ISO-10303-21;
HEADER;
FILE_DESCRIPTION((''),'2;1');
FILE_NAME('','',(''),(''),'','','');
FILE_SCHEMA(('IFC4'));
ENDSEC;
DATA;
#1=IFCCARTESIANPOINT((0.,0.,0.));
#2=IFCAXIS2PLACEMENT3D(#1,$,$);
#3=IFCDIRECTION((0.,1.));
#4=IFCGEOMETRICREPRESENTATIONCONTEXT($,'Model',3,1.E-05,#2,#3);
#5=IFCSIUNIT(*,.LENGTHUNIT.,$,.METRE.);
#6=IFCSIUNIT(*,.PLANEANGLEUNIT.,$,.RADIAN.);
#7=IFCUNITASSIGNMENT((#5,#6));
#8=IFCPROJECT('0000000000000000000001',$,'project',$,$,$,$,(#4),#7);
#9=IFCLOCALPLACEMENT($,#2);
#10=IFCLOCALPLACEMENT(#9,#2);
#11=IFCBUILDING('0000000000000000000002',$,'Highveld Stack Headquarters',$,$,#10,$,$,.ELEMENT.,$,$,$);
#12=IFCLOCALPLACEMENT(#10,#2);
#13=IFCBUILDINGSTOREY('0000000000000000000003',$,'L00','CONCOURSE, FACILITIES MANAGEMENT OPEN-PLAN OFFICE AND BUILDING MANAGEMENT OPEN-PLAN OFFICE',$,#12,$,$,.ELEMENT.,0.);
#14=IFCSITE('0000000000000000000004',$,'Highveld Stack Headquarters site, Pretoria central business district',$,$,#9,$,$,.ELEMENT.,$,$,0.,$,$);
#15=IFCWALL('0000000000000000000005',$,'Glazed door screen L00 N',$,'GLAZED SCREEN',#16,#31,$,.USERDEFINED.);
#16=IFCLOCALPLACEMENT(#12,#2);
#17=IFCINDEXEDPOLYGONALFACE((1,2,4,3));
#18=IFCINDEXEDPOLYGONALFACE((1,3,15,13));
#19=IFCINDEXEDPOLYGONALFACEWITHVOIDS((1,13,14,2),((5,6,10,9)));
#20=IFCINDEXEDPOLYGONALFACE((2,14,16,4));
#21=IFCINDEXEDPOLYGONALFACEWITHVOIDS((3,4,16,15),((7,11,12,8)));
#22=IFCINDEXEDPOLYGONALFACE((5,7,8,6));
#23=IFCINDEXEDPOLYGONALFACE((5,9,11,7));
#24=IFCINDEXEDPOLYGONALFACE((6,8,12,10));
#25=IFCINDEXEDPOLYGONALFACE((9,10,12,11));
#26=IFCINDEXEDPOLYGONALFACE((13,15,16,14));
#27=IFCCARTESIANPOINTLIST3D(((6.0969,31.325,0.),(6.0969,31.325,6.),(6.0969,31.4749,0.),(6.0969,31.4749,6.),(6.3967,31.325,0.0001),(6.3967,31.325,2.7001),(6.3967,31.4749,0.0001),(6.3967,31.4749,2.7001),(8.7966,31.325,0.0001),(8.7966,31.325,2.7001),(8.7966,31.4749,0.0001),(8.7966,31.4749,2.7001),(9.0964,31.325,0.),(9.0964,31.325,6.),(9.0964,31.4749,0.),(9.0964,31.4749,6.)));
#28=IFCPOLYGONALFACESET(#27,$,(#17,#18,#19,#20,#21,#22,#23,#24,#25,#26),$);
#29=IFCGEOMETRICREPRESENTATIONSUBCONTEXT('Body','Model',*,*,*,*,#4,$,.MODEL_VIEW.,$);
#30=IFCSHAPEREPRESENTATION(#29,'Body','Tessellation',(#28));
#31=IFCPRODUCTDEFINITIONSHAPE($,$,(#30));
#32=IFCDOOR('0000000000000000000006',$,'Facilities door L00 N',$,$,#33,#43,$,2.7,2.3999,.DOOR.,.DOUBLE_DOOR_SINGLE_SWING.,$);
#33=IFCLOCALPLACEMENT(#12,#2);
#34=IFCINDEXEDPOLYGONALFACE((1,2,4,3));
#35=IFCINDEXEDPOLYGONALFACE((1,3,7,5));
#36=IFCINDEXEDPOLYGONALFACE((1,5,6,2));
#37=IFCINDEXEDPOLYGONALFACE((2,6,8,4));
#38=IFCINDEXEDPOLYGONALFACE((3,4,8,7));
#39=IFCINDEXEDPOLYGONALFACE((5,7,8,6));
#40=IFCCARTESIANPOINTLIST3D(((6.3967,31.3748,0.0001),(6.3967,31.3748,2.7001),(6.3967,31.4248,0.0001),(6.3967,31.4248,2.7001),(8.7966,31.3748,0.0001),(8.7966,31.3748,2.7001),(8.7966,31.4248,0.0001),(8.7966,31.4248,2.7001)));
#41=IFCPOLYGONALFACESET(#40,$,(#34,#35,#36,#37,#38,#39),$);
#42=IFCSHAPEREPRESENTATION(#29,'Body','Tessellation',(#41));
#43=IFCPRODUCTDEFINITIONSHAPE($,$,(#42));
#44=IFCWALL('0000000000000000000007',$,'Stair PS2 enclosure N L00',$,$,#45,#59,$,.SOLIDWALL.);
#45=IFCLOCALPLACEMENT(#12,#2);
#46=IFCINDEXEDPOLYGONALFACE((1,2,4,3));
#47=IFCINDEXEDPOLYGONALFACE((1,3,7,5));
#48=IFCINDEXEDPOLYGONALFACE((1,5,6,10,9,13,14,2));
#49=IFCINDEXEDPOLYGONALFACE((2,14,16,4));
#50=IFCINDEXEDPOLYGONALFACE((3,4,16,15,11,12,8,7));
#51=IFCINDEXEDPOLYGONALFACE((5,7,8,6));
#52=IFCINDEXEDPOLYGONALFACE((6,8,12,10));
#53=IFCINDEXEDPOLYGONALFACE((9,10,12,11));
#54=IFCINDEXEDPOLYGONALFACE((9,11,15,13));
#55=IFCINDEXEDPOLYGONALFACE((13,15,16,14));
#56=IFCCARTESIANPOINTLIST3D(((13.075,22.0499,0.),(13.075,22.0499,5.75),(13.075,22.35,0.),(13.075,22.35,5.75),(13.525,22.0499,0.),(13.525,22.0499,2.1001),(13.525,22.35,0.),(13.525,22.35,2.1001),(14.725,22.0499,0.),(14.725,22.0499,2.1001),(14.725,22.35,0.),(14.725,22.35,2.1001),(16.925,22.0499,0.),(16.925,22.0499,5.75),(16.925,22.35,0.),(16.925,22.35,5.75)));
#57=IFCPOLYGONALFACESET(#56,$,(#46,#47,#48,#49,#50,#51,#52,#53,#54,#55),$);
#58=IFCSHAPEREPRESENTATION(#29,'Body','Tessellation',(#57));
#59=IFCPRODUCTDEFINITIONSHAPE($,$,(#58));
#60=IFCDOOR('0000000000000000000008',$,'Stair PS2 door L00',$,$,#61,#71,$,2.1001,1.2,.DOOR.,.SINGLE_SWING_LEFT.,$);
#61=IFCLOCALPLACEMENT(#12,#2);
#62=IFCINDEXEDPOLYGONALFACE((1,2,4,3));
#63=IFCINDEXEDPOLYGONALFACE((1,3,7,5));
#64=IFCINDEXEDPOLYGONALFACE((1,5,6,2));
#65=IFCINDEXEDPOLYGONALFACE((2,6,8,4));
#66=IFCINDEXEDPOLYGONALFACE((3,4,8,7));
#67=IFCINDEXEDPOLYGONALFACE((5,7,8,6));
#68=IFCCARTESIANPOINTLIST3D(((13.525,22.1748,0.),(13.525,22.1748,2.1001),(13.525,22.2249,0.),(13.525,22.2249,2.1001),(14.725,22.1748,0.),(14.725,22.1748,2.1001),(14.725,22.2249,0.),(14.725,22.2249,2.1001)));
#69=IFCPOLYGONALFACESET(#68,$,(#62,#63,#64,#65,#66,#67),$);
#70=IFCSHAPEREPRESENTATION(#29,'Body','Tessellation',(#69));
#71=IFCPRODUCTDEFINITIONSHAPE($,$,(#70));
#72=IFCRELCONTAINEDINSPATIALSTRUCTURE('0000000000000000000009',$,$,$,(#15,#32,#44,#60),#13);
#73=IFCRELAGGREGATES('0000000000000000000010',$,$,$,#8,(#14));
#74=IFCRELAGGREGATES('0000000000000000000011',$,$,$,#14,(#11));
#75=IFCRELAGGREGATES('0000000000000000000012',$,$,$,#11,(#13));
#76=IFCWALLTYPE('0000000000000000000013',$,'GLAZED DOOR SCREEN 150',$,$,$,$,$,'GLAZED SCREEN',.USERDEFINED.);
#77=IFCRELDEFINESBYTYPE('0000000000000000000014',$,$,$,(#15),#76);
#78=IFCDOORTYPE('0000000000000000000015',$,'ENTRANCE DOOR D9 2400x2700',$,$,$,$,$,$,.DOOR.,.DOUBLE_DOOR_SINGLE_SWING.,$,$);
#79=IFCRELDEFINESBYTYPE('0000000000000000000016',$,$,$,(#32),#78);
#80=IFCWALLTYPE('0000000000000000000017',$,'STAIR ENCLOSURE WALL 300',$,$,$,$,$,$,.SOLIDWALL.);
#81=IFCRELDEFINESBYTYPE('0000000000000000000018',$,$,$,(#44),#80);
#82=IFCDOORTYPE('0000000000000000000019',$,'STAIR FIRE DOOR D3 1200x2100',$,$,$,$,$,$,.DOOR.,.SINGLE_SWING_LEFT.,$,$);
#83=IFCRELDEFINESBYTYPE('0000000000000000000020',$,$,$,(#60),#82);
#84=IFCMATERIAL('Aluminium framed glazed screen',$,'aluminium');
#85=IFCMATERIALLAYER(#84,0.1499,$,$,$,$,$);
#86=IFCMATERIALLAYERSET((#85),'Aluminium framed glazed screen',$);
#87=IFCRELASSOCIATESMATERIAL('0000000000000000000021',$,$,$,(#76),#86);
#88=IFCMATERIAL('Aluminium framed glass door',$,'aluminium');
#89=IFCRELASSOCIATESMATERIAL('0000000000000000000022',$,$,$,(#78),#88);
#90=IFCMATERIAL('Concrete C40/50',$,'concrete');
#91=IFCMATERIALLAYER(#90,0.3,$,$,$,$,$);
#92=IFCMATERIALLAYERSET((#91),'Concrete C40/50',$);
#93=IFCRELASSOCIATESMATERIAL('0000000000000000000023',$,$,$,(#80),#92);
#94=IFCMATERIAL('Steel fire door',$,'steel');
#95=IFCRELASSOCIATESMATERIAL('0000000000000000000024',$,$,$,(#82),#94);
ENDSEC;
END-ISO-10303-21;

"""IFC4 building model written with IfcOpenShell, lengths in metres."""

from ifc_helpers import new_model, si_unit, direction, frame, frame_2d, origin, place, context, subcontext, project, spatial, rectangle, extrude, material, layer, layer_set, type_object, element, fill, save


model = new_model("IFC4")

# Units and contexts
model_context = context("Model", 3, precision=1e-05, world=origin(), true_north=direction((0.0, 1.0)))
body_context = subcontext(model_context, "Body", "Model", "MODEL_VIEW")
ifc_project = project(units=[si_unit("LENGTHUNIT", "METRE"), si_unit("PLANEANGLEUNIT", "RADIAN")], contexts=[model_context])

# Site, building, storey
site_placement = place(None, origin())
site = spatial("IfcSite", under=ifc_project, at=site_placement, Name="Highveld Stack Headquarters site, Pretoria central business district", CompositionType="ELEMENT", RefElevation=0.0)
building_placement = place(site_placement, origin())
building = spatial("IfcBuilding", under=site, at=building_placement, Name="Highveld Stack Headquarters", CompositionType="ELEMENT")
storey_placement = place(building_placement, origin())
storey = spatial("IfcBuildingStorey", under=building, at=storey_placement, Name="L00", Description="CONCOURSE, FACILITIES MANAGEMENT OPEN-PLAN OFFICE AND BUILDING MANAGEMENT OPEN-PLAN OFFICE", CompositionType="ELEMENT", Elevation=0.0)

# Walls, openings, doors
ifc_material_1 = material(Name="Aluminium framed glazed screen", Category="aluminium")
ifc_layer_1 = layer(ifc_material_1, 0.1499)
ifc_layer_set_1 = layer_set([ifc_layer_1], Name="Aluminium framed glazed screen")
wall_type_1 = type_object("IfcWallType", Name="GLAZED DOOR SCREEN 150", ElementType="GLAZED SCREEN", PredefinedType="USERDEFINED", material=ifc_layer_set_1)
wall_1_placement = place(storey_placement, frame((6.0969, 31.3999, 0.0), z_axis=(0.0, 0.0, 1.0), x_axis=(1.0, 0.0, 0.0)))
wall_1 = element("IfcWall", 1, at=wall_1_placement, inside=storey, type_object=wall_type_1, Name="Glazed door screen L00 N", ObjectType="GLAZED SCREEN", PredefinedType="USERDEFINED", context=body_context, shape_type="SweptSolid", body=[
    extrude(rectangle(XDim=2.9995, YDim=0.1499, at=frame_2d((1.4998, 0.0))), origin(), (0.0, 0.0, 1.0), 6.0),
])
opening_1_placement = place(wall_1_placement, frame((0.2998, 0.0, 0.0)))
opening_1 = element("IfcOpeningElement", 2, at=opening_1_placement, cuts=wall_1, PredefinedType="OPENING", context=body_context, shape_type="SweptSolid", body=[
    extrude(rectangle(XDim=2.3999, YDim=2.7, at=frame_2d((1.2, 1.3501))), frame((0.0, 0.085, 0.0), z_axis=(0.0, -1.0, 0.0), x_axis=(1.0, 0.0, 0.0)), (0.0, 0.0, 1.0), 0.1699),
])
ifc_material_2 = material(Name="Aluminium framed glass door", Category="aluminium")
door_type_1 = type_object("IfcDoorType", Name="ENTRANCE DOOR D9 2400x2700", OperationType="DOUBLE_DOOR_SINGLE_SWING", PredefinedType="DOOR", material=ifc_material_2)
door_1_placement = place(opening_1_placement, origin())
door_1 = element("IfcDoor", 3, at=door_1_placement, inside=storey, type_object=door_type_1, Name="Facilities door L00 N", OperationType="DOUBLE_DOOR_SINGLE_SWING", OverallHeight=2.7, OverallWidth=2.3999, PredefinedType="DOOR", context=body_context, shape_type="SweptSolid", body=[
    extrude(rectangle(XDim=2.3999, YDim=2.7, at=frame_2d((1.2, 1.3501))), frame((0.0, 0.0249, 0.0), z_axis=(0.0, -1.0, 0.0), x_axis=(1.0, 0.0, 0.0)), (0.0, 0.0, 1.0), 0.05),
])
fill(opening_1, door_1)
ifc_material_3 = material(Name="Concrete C40/50", Category="concrete")
ifc_layer_2 = layer(ifc_material_3, 0.3)
ifc_layer_set_2 = layer_set([ifc_layer_2], Name="Concrete C40/50")
wall_type_2 = type_object("IfcWallType", Name="STAIR ENCLOSURE WALL 300", PredefinedType="SOLIDWALL", material=ifc_layer_set_2)
wall_2_placement = place(storey_placement, frame((13.075, 22.2, 0.0), z_axis=(0.0, 0.0, 1.0), x_axis=(1.0, 0.0, 0.0)))
wall_2 = element("IfcWall", 4, at=wall_2_placement, inside=storey, type_object=wall_type_2, Name="Stair PS2 enclosure N L00", PredefinedType="SOLIDWALL", context=body_context, shape_type="SweptSolid", body=[
    extrude(rectangle(XDim=3.8501, YDim=0.3, at=frame_2d((1.925, 0.0))), origin(), (0.0, 0.0, 1.0), 5.75),
])
opening_2_placement = place(wall_2_placement, frame((0.45, 0.0, 0.0)))
opening_2 = element("IfcOpeningElement", 5, at=opening_2_placement, cuts=wall_2, PredefinedType="OPENING", context=body_context, shape_type="SweptSolid", body=[
    extrude(rectangle(XDim=1.2, YDim=2.1001, at=frame_2d((0.6001, 1.05))), frame((0.0, 0.1599, 0.0), z_axis=(0.0, -1.0, 0.0), x_axis=(1.0, 0.0, 0.0)), (0.0, 0.0, 1.0), 0.3201),
])
ifc_material_4 = material(Name="Steel fire door", Category="steel")
door_type_2 = type_object("IfcDoorType", Name="STAIR FIRE DOOR D3 1200x2100", OperationType="SINGLE_SWING_LEFT", PredefinedType="DOOR", material=ifc_material_4)
door_2_placement = place(opening_2_placement, origin())
door_2 = element("IfcDoor", 6, at=door_2_placement, inside=storey, type_object=door_type_2, Name="Stair PS2 door L00", OperationType="SINGLE_SWING_LEFT", OverallHeight=2.1001, OverallWidth=1.2, PredefinedType="DOOR", context=body_context, shape_type="SweptSolid", body=[
    extrude(rectangle(XDim=1.2, YDim=2.1001, at=frame_2d((0.6001, 1.05))), frame((0.0, 0.0249, 0.0), z_axis=(0.0, -1.0, 0.0), x_axis=(1.0, 0.0, 0.0)), (0.0, 0.0, 1.0), 0.05),
])
fill(opening_2, door_2)

save(model, "model.ifc")
